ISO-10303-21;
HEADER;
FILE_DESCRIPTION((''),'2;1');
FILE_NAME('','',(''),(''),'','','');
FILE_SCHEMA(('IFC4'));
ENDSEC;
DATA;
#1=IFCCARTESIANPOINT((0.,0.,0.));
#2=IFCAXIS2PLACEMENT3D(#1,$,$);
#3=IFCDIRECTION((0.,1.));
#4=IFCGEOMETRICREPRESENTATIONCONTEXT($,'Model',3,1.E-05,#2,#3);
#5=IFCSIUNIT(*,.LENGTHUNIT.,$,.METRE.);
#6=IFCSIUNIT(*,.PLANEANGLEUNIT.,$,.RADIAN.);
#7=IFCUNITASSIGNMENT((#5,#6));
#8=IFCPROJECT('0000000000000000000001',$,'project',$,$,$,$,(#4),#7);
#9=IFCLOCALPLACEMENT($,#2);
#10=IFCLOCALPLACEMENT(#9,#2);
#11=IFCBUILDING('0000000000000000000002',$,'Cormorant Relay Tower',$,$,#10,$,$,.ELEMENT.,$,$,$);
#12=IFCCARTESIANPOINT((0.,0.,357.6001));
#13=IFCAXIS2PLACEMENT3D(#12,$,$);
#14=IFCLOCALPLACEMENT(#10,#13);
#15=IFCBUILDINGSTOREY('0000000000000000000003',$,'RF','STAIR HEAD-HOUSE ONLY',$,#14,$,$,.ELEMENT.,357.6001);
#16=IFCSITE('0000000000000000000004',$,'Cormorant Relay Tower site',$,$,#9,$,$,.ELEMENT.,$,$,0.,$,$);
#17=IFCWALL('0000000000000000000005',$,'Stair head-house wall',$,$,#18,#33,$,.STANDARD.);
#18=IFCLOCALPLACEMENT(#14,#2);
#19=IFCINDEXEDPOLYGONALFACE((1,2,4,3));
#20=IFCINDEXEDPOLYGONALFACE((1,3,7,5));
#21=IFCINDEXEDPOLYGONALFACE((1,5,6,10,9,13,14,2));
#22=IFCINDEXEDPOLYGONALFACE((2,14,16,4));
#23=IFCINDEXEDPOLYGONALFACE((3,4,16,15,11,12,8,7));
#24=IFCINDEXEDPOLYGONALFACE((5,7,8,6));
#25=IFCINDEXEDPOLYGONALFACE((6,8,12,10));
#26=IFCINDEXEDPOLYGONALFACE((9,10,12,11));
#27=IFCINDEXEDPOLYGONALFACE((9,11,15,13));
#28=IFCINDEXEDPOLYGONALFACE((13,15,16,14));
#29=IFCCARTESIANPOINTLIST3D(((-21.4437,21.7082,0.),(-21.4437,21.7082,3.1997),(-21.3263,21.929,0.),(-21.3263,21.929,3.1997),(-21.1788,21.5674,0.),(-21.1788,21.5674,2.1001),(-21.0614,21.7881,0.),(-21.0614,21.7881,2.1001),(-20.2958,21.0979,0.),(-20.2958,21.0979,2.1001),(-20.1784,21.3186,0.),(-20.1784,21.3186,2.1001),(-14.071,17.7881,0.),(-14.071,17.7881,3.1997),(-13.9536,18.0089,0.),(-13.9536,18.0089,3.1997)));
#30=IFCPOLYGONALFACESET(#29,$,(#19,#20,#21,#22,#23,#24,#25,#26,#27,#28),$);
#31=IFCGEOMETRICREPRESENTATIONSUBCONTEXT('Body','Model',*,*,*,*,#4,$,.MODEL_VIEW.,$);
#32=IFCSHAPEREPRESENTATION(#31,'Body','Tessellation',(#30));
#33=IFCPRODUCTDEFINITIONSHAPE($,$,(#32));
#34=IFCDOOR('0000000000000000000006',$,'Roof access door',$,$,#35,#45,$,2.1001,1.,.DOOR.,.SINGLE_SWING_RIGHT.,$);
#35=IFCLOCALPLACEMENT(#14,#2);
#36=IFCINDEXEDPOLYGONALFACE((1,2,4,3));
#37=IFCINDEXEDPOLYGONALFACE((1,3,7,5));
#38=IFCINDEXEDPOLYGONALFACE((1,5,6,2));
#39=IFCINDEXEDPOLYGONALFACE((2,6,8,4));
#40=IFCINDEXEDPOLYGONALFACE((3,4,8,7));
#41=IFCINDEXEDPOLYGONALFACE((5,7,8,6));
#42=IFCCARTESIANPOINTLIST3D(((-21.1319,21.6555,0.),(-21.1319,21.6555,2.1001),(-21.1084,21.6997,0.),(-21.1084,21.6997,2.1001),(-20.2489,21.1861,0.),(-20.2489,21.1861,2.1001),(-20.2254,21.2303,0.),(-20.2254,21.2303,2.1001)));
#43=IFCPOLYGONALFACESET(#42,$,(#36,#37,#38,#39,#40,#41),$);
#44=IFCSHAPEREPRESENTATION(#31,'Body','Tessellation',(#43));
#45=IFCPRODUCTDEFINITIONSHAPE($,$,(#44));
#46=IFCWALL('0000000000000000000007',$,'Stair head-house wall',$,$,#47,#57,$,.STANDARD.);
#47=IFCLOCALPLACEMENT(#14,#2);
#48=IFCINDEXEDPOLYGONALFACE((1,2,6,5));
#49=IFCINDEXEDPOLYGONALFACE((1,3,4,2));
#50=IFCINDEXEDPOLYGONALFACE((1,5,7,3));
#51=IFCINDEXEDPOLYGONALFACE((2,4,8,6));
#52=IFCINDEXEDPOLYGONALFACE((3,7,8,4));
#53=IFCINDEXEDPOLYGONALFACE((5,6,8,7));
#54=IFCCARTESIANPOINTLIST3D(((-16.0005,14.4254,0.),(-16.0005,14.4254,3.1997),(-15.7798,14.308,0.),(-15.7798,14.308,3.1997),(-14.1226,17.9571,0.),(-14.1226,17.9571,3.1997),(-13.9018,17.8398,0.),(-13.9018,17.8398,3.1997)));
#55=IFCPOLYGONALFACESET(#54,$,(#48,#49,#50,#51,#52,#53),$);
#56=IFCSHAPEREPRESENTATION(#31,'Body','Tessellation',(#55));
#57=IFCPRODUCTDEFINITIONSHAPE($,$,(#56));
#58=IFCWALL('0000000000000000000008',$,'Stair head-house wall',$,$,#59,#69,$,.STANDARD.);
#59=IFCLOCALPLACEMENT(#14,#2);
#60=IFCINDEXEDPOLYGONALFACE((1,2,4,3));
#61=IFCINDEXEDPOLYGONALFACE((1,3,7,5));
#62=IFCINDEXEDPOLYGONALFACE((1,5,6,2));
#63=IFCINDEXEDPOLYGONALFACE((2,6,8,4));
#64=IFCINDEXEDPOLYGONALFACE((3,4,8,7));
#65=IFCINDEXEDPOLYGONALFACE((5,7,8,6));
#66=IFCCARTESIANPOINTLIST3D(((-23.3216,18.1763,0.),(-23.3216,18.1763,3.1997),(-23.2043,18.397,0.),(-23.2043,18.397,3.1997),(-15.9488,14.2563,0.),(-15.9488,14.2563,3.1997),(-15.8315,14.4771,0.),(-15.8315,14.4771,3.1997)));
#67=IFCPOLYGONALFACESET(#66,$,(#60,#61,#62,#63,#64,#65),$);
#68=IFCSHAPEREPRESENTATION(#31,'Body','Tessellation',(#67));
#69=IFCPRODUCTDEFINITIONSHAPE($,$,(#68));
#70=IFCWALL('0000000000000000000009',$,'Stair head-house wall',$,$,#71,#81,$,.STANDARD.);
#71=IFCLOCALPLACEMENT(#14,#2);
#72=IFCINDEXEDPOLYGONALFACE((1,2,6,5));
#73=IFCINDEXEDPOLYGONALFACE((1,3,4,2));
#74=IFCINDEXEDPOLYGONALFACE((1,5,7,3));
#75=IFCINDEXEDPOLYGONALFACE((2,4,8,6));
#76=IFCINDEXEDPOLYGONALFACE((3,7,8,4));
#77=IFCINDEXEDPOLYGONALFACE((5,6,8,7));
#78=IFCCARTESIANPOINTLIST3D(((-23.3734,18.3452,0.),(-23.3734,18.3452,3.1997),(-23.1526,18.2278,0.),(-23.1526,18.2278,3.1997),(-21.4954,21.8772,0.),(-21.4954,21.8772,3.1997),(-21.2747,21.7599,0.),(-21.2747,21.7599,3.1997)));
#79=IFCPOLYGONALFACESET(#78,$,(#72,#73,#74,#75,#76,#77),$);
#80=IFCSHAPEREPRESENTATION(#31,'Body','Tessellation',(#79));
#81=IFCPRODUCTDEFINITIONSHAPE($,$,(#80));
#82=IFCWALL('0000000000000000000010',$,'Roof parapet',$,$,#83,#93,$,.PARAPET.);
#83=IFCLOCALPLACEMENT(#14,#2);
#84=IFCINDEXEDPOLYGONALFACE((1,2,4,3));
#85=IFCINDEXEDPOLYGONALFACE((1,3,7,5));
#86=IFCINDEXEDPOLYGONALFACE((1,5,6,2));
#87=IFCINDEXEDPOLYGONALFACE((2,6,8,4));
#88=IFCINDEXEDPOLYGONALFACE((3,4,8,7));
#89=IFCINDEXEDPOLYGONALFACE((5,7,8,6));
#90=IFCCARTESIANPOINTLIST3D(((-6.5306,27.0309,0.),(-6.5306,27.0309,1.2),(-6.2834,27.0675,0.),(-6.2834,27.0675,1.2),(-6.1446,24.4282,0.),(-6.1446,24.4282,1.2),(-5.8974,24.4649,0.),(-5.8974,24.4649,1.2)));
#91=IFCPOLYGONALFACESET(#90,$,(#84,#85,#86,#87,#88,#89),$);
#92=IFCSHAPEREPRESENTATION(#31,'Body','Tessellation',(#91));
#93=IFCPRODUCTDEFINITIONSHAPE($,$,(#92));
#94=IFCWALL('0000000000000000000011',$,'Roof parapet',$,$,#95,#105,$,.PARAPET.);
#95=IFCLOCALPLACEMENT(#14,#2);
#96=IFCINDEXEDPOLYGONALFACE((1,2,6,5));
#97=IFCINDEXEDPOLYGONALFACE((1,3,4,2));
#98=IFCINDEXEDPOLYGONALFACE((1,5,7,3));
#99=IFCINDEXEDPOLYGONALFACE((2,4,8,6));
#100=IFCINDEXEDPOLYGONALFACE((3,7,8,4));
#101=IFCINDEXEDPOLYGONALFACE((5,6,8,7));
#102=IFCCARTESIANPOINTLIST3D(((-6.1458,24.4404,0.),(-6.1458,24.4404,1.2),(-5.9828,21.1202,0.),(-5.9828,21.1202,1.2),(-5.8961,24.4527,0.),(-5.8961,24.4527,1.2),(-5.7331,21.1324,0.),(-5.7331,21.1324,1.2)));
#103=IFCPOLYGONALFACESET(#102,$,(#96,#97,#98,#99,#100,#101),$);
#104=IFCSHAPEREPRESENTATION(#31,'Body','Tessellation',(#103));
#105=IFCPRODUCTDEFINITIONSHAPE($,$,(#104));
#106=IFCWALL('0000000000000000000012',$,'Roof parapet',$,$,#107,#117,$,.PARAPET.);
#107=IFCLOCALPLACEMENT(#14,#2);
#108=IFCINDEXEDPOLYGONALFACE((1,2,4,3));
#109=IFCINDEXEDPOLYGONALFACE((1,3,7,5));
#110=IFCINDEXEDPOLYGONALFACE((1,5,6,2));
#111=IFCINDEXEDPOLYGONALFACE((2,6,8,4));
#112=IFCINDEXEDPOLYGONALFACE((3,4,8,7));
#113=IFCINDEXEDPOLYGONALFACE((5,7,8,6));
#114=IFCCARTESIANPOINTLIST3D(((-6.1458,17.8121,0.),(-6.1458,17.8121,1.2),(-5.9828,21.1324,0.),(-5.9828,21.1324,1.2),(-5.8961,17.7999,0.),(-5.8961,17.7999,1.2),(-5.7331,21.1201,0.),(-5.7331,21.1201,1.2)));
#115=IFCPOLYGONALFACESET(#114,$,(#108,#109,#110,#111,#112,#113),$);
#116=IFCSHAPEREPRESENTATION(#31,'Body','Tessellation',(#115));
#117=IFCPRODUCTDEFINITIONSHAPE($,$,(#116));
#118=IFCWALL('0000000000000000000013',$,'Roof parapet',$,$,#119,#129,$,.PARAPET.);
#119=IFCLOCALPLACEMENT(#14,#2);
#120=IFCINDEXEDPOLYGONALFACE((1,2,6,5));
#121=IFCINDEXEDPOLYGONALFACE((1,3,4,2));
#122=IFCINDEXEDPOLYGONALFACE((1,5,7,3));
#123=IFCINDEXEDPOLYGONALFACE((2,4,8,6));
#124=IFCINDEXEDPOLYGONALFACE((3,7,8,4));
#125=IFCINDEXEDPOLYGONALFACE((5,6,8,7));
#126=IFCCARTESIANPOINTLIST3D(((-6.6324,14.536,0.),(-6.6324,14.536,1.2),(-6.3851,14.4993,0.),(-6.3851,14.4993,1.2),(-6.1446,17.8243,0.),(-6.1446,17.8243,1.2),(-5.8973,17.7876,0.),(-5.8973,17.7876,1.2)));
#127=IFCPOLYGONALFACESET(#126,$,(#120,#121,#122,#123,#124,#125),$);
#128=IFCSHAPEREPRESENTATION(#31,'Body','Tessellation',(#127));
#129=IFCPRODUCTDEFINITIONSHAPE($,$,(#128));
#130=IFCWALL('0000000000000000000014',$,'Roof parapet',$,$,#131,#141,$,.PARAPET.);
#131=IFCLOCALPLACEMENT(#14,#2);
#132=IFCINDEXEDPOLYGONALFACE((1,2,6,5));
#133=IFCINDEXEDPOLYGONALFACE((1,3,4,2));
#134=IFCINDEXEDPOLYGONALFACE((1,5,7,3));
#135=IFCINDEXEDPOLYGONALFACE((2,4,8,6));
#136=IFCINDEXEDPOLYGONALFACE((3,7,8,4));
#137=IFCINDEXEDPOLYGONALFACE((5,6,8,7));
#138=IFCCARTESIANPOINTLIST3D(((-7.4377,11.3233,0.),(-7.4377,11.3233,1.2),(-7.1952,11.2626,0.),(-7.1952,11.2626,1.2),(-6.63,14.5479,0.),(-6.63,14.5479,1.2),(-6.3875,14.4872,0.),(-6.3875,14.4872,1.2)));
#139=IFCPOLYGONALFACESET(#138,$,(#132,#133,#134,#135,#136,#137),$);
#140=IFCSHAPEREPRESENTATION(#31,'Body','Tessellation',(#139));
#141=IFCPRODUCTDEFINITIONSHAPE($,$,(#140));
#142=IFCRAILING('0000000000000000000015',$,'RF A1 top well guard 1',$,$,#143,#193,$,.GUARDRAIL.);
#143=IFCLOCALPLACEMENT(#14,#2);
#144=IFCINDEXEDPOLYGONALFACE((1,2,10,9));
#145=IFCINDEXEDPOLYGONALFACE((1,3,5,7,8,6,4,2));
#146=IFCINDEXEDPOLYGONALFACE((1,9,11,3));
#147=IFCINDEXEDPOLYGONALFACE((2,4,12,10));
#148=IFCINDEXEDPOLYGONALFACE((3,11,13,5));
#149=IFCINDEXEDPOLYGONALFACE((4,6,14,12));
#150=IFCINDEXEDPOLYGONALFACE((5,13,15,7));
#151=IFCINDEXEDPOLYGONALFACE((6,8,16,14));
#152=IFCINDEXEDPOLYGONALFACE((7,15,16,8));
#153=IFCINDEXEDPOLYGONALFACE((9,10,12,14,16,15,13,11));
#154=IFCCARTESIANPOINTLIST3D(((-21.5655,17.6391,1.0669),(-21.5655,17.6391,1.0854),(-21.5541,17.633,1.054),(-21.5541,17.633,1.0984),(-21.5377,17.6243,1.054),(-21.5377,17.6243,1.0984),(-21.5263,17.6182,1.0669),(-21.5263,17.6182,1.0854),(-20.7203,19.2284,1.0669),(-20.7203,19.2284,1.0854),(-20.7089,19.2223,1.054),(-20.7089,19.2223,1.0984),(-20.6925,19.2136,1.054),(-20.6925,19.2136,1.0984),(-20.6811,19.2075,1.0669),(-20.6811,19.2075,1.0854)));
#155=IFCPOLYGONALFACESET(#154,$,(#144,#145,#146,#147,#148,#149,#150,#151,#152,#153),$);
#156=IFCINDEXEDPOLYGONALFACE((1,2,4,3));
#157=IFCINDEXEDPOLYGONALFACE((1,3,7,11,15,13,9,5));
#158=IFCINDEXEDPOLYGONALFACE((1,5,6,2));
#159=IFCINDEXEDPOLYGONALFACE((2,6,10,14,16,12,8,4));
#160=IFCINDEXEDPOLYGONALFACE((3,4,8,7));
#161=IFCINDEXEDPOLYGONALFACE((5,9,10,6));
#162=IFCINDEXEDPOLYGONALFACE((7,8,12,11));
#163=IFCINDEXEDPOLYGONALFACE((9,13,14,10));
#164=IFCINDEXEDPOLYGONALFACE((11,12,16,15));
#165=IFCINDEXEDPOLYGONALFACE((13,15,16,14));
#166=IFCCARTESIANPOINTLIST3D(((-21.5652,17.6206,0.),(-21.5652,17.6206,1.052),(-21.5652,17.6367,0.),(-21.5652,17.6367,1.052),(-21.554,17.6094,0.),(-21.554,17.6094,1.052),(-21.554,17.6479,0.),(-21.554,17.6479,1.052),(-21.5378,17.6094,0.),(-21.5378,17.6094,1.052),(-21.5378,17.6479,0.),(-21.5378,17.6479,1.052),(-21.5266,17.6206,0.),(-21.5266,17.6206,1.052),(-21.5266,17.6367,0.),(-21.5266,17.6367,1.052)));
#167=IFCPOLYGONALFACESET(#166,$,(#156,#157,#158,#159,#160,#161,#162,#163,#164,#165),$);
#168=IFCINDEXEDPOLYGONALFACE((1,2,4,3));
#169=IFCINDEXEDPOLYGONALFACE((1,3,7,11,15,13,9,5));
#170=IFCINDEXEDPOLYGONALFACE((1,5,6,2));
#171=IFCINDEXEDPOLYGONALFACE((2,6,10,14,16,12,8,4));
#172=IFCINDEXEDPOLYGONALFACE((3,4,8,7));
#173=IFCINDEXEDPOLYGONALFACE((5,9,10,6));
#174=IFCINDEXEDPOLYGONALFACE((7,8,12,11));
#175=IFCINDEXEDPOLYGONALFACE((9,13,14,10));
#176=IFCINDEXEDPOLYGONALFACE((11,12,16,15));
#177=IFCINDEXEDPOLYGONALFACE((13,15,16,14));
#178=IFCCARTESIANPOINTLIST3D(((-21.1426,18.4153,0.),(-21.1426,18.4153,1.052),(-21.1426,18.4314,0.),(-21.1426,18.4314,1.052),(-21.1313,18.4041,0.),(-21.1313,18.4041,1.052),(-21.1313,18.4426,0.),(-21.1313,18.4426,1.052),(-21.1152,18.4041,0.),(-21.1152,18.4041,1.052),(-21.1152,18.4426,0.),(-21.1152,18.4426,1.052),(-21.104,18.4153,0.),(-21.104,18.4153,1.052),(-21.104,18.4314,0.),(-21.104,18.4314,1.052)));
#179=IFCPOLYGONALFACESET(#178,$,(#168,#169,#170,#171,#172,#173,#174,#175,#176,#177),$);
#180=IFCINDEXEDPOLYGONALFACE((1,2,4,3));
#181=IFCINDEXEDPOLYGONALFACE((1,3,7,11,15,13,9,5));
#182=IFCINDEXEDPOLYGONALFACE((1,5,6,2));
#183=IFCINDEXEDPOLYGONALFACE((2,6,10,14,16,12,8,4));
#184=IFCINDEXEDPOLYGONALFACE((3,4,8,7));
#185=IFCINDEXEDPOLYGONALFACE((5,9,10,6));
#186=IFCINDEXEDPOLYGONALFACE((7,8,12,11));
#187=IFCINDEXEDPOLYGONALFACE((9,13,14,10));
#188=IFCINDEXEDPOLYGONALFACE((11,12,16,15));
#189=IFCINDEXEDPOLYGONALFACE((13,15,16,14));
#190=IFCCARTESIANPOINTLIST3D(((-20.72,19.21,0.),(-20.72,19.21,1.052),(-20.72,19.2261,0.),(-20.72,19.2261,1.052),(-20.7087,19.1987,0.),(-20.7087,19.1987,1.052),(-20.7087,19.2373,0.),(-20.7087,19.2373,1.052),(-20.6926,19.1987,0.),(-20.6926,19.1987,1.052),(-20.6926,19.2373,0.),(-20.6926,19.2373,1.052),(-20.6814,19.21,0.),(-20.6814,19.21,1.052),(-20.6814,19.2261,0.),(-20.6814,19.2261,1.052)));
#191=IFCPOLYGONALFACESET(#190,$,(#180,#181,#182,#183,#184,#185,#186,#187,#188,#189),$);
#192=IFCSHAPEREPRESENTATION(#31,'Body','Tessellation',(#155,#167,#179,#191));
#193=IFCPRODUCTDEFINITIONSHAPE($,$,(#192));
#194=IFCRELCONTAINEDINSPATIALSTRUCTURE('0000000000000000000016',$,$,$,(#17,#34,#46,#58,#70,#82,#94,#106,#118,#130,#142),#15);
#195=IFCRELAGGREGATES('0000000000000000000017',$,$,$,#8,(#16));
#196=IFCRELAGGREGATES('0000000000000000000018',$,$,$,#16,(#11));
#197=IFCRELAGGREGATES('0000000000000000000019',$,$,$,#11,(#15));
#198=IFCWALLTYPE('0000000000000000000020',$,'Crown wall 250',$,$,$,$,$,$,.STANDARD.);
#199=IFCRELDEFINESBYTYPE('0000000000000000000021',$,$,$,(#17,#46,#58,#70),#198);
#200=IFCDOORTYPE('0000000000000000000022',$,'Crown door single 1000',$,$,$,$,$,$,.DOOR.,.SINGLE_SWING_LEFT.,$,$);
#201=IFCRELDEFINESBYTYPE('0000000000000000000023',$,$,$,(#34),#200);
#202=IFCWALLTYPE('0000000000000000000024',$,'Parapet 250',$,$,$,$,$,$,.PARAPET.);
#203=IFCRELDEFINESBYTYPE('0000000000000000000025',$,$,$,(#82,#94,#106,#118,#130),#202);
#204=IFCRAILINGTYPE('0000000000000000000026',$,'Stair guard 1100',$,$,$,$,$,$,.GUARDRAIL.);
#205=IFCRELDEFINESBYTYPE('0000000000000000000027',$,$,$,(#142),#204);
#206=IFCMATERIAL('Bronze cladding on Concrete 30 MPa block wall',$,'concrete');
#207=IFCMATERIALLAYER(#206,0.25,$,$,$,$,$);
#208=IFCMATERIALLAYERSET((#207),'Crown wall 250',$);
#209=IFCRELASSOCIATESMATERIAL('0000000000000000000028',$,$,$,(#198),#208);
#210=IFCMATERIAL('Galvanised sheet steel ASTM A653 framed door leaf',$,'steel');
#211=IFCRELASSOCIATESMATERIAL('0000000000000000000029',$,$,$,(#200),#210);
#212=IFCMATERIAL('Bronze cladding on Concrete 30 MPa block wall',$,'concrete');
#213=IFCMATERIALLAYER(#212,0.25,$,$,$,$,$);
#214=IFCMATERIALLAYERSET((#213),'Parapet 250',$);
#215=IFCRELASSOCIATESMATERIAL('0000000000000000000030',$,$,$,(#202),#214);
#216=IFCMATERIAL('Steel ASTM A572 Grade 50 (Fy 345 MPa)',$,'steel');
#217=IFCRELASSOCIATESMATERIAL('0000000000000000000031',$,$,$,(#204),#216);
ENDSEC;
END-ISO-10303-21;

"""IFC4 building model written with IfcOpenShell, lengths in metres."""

from ifc_helpers import new_model, si_unit, direction, frame, frame_2d, origin, place, context, subcontext, project, spatial, polyline, rectangle, outline, extrude, material, layer, layer_set, type_object, element, fill, save


model = new_model("IFC4")

# Units and contexts
model_context = context("Model", 3, precision=1e-05, world=origin(), true_north=direction((0.0, 1.0)))
body_context = subcontext(model_context, "Body", "Model", "MODEL_VIEW")
ifc_project = project(units=[si_unit("LENGTHUNIT", "METRE"), si_unit("PLANEANGLEUNIT", "RADIAN")], contexts=[model_context])

# Site, building, storey
site_placement = place(None, origin())
site = spatial("IfcSite", under=ifc_project, at=site_placement, Name="Cormorant Relay Tower site", CompositionType="ELEMENT", RefElevation=0.0)
building_placement = place(site_placement, origin())
building = spatial("IfcBuilding", under=site, at=building_placement, Name="Cormorant Relay Tower", CompositionType="ELEMENT")
storey_placement = place(building_placement, frame((0.0, 0.0, 357.6001)))
storey = spatial("IfcBuildingStorey", under=building, at=storey_placement, Name="RF", Description="STAIR HEAD-HOUSE ONLY", CompositionType="ELEMENT", Elevation=357.6001)

# Wall, opening, door
ifc_material_1 = material(Name="Bronze cladding on Concrete 30 MPa block wall", Category="concrete")
ifc_layer_1 = layer(ifc_material_1, 0.25)
ifc_layer_set_1 = layer_set([ifc_layer_1], Name="Crown wall 250")
wall_type_1 = type_object("IfcWallType", Name="Crown wall 250", PredefinedType="STANDARD", material=ifc_layer_set_1)
wall_1_placement = place(storey_placement, frame((-21.385, 21.8186, 0.0), z_axis=(0.0, 0.0, 1.0), x_axis=(0.882949, -0.469469, 0.0)))
wall_1 = element("IfcWall", 1, at=wall_1_placement, inside=storey, type_object=wall_type_1, Name="Stair head-house wall", PredefinedType="STANDARD", context=body_context, shape_type="SweptSolid", body=[
    extrude(rectangle(XDim=8.3501, YDim=0.25, at=frame_2d((4.175, 0.0))), origin(), (0.0, 0.0, 1.0), 3.1997),
])
opening_placement = place(wall_1_placement, frame((0.3, 0.0, 0.0)))
opening = element("IfcOpeningElement", 2, at=opening_placement, cuts=wall_1, PredefinedType="OPENING", context=body_context, shape_type="SweptSolid", body=[
    extrude(rectangle(XDim=1.0, YDim=2.1001, at=frame_2d((0.5, 1.05))), frame((0.0, 0.135, 0.0), z_axis=(0.0, -1.0, 0.0), x_axis=(1.0, 0.0, 0.0)), (0.0, 0.0, 1.0), 0.27),
])
ifc_material_2 = material(Name="Galvanised sheet steel ASTM A653 framed door leaf", Category="steel")
door_type = type_object("IfcDoorType", Name="Crown door single 1000", OperationType="SINGLE_SWING_LEFT", PredefinedType="DOOR", material=ifc_material_2)
door_placement = place(opening_placement, origin())
door = element("IfcDoor", 3, at=door_placement, inside=storey, type_object=door_type, Name="Roof access door", OperationType="SINGLE_SWING_RIGHT", OverallHeight=2.1001, OverallWidth=1.0, PredefinedType="DOOR", context=body_context, shape_type="SweptSolid", body=[
    extrude(rectangle(XDim=1.0, YDim=2.1001, at=frame_2d((0.5, 1.05))), frame((0.0, 0.0249, 0.0), z_axis=(0.0, -1.0, 0.0), x_axis=(1.0, 0.0, 0.0)), (0.0, 0.0, 1.0), 0.05),
])
fill(opening, door)

# Walls
wall_2_placement = place(storey_placement, frame((-14.0122, 17.8984, 0.0), z_axis=(0.0, 0.0, 1.0), x_axis=(-0.469485, -0.88294, 0.0)))
element("IfcWall", 4, at=wall_2_placement, inside=storey, type_object=wall_type_1, Name="Stair head-house wall", PredefinedType="STANDARD", context=body_context, shape_type="SweptSolid", body=[
    extrude(rectangle(XDim=4.0, YDim=0.25, at=frame_2d((2.0, 0.0))), origin(), (0.0, 0.0, 1.0), 3.1997),
])
wall_3_placement = place(storey_placement, frame((-15.8901, 14.3667, 0.0), z_axis=(0.0, 0.0, 1.0), x_axis=(-0.882961, 0.469447, 0.0)))
element("IfcWall", 5, at=wall_3_placement, inside=storey, type_object=wall_type_1, Name="Stair head-house wall", PredefinedType="STANDARD", context=body_context, shape_type="SweptSolid", body=[
    extrude(rectangle(XDim=8.3501, YDim=0.25, at=frame_2d((4.175, 0.0))), origin(), (0.0, 0.0, 1.0), 3.1997),
])
wall_4_placement = place(storey_placement, frame((-23.2629, 18.2866, 0.0), z_axis=(0.0, 0.0, 1.0), x_axis=(0.46946, 0.882954, 0.0)))
element("IfcWall", 6, at=wall_4_placement, inside=storey, type_object=wall_type_1, Name="Stair head-house wall", PredefinedType="STANDARD", context=body_context, shape_type="SweptSolid", body=[
    extrude(rectangle(XDim=4.0002, YDim=0.25, at=frame_2d((2.0, 0.0))), origin(), (0.0, 0.0, 1.0), 3.1997),
])
ifc_material_3 = material(Name="Bronze cladding on Concrete 30 MPa block wall", Category="concrete")
ifc_layer_2 = layer(ifc_material_3, 0.25)
ifc_layer_set_2 = layer_set([ifc_layer_2], Name="Parapet 250")
wall_type_2 = type_object("IfcWallType", Name="Parapet 250", PredefinedType="PARAPET", material=ifc_layer_set_2)
wall_5_placement = place(storey_placement, frame((-6.407, 27.0491, 0.0), z_axis=(0.0, 0.0, 1.0), x_axis=(0.146707, -0.98918, 0.0)))
element("IfcWall", 7, at=wall_5_placement, inside=storey, type_object=wall_type_2, Name="Roof parapet", PredefinedType="PARAPET", context=body_context, shape_type="SweptSolid", body=[
    extrude(rectangle(XDim=2.6311, YDim=0.25, at=frame_2d((1.3154, 0.0))), origin(), (0.0, 0.0, 1.0), 1.2),
])
for number, where, z_axis, x_axis, name in (
    (8, (-6.021, 24.4465, 0.0), (0.0, 0.0, 1.0), (0.049059, -0.998796, 0.0), "Roof parapet"),
    (9, (-5.8579, 21.1262, 0.0), (0.0, 0.0, 1.0), (-0.049059, -0.998796, 0.0), "Roof parapet"),
    (10, (-6.021, 17.8059, 0.0), (0.0, 0.0, 1.0), (-0.146735, -0.989176, 0.0), "Roof parapet"),
    (11, (-6.5088, 14.5176, 0.0), (0.0, 0.0, 1.0), (-0.24295, -0.970039, 0.0), "Roof parapet"),
):
    element("IfcWall", number, at=place(storey_placement, frame(where, z_axis=z_axis, x_axis=x_axis)), inside=storey, type_object=wall_type_2, Name=name, PredefinedType="PARAPET", context=body_context, shape_type="SweptSolid", body=[
        extrude(rectangle(XDim=3.3242, YDim=0.25, at=frame_2d((1.6621, 0.0))), origin(), (0.0, 0.0, 1.0), 1.2),
    ])

# Railing
ifc_material_4 = material(Name="Steel ASTM A572 Grade 50 (Fy 345 MPa)", Category="steel")
railing_type = type_object("IfcRailingType", Name="Stair guard 1100", PredefinedType="GUARDRAIL", material=ifc_material_4)
railing_placement = place(storey_placement, frame((-21.5459, 17.6287, 0.0)))
element("IfcRailing", 12, at=railing_placement, inside=storey, type_object=railing_type, Name="RF A1 top well guard 1", PredefinedType="GUARDRAIL", context=body_context, shape_type="SweptSolid", body=[
    extrude(outline(polyline([(0.0222, 0.0093), (0.0093, 0.0222), (-0.0093, 0.0222), (-0.0222, 0.0093), (-0.0222, -0.0093), (-0.0093, -0.0222), (0.0093, -0.0222), (0.0222, -0.0093), (0.0222, 0.0093)])), frame((0.0, 0.0, 1.0762), z_axis=(0.469532, 0.882915, 0.0), x_axis=(-0.882915, 0.469532, 0.0)), (0.0, 0.0, 1.0), 1.8),
    extrude(outline(polyline([(0.0193, 0.0081), (0.0081, 0.0193), (-0.0081, 0.0193), (-0.0193, 0.0081), (-0.0193, -0.0081), (-0.0081, -0.0193), (0.0081, -0.0193), (0.0193, -0.0081), (0.0193, 0.0081)])), origin(), (0.0, 0.0, 1.0), 1.052),
    extrude(outline(polyline([(0.0193, 0.0081), (0.0081, 0.0193), (-0.0081, 0.0193), (-0.0193, 0.0081), (-0.0193, -0.0081), (-0.0081, -0.0193), (0.0081, -0.0193), (0.0193, -0.0081), (0.0193, 0.0081)])), frame((0.4226, 0.7947, 0.0)), (0.0, 0.0, 1.0), 1.052),
    extrude(outline(polyline([(0.0193, 0.0081), (0.0081, 0.0193), (-0.0081, 0.0193), (-0.0193, 0.0081), (-0.0193, -0.0081), (-0.0081, -0.0193), (0.0081, -0.0193), (0.0193, -0.0081), (0.0193, 0.0081)])), frame((0.8452, 1.5894, 0.0)), (0.0, 0.0, 1.0), 1.052),
])

save(model, "model.ifc")
